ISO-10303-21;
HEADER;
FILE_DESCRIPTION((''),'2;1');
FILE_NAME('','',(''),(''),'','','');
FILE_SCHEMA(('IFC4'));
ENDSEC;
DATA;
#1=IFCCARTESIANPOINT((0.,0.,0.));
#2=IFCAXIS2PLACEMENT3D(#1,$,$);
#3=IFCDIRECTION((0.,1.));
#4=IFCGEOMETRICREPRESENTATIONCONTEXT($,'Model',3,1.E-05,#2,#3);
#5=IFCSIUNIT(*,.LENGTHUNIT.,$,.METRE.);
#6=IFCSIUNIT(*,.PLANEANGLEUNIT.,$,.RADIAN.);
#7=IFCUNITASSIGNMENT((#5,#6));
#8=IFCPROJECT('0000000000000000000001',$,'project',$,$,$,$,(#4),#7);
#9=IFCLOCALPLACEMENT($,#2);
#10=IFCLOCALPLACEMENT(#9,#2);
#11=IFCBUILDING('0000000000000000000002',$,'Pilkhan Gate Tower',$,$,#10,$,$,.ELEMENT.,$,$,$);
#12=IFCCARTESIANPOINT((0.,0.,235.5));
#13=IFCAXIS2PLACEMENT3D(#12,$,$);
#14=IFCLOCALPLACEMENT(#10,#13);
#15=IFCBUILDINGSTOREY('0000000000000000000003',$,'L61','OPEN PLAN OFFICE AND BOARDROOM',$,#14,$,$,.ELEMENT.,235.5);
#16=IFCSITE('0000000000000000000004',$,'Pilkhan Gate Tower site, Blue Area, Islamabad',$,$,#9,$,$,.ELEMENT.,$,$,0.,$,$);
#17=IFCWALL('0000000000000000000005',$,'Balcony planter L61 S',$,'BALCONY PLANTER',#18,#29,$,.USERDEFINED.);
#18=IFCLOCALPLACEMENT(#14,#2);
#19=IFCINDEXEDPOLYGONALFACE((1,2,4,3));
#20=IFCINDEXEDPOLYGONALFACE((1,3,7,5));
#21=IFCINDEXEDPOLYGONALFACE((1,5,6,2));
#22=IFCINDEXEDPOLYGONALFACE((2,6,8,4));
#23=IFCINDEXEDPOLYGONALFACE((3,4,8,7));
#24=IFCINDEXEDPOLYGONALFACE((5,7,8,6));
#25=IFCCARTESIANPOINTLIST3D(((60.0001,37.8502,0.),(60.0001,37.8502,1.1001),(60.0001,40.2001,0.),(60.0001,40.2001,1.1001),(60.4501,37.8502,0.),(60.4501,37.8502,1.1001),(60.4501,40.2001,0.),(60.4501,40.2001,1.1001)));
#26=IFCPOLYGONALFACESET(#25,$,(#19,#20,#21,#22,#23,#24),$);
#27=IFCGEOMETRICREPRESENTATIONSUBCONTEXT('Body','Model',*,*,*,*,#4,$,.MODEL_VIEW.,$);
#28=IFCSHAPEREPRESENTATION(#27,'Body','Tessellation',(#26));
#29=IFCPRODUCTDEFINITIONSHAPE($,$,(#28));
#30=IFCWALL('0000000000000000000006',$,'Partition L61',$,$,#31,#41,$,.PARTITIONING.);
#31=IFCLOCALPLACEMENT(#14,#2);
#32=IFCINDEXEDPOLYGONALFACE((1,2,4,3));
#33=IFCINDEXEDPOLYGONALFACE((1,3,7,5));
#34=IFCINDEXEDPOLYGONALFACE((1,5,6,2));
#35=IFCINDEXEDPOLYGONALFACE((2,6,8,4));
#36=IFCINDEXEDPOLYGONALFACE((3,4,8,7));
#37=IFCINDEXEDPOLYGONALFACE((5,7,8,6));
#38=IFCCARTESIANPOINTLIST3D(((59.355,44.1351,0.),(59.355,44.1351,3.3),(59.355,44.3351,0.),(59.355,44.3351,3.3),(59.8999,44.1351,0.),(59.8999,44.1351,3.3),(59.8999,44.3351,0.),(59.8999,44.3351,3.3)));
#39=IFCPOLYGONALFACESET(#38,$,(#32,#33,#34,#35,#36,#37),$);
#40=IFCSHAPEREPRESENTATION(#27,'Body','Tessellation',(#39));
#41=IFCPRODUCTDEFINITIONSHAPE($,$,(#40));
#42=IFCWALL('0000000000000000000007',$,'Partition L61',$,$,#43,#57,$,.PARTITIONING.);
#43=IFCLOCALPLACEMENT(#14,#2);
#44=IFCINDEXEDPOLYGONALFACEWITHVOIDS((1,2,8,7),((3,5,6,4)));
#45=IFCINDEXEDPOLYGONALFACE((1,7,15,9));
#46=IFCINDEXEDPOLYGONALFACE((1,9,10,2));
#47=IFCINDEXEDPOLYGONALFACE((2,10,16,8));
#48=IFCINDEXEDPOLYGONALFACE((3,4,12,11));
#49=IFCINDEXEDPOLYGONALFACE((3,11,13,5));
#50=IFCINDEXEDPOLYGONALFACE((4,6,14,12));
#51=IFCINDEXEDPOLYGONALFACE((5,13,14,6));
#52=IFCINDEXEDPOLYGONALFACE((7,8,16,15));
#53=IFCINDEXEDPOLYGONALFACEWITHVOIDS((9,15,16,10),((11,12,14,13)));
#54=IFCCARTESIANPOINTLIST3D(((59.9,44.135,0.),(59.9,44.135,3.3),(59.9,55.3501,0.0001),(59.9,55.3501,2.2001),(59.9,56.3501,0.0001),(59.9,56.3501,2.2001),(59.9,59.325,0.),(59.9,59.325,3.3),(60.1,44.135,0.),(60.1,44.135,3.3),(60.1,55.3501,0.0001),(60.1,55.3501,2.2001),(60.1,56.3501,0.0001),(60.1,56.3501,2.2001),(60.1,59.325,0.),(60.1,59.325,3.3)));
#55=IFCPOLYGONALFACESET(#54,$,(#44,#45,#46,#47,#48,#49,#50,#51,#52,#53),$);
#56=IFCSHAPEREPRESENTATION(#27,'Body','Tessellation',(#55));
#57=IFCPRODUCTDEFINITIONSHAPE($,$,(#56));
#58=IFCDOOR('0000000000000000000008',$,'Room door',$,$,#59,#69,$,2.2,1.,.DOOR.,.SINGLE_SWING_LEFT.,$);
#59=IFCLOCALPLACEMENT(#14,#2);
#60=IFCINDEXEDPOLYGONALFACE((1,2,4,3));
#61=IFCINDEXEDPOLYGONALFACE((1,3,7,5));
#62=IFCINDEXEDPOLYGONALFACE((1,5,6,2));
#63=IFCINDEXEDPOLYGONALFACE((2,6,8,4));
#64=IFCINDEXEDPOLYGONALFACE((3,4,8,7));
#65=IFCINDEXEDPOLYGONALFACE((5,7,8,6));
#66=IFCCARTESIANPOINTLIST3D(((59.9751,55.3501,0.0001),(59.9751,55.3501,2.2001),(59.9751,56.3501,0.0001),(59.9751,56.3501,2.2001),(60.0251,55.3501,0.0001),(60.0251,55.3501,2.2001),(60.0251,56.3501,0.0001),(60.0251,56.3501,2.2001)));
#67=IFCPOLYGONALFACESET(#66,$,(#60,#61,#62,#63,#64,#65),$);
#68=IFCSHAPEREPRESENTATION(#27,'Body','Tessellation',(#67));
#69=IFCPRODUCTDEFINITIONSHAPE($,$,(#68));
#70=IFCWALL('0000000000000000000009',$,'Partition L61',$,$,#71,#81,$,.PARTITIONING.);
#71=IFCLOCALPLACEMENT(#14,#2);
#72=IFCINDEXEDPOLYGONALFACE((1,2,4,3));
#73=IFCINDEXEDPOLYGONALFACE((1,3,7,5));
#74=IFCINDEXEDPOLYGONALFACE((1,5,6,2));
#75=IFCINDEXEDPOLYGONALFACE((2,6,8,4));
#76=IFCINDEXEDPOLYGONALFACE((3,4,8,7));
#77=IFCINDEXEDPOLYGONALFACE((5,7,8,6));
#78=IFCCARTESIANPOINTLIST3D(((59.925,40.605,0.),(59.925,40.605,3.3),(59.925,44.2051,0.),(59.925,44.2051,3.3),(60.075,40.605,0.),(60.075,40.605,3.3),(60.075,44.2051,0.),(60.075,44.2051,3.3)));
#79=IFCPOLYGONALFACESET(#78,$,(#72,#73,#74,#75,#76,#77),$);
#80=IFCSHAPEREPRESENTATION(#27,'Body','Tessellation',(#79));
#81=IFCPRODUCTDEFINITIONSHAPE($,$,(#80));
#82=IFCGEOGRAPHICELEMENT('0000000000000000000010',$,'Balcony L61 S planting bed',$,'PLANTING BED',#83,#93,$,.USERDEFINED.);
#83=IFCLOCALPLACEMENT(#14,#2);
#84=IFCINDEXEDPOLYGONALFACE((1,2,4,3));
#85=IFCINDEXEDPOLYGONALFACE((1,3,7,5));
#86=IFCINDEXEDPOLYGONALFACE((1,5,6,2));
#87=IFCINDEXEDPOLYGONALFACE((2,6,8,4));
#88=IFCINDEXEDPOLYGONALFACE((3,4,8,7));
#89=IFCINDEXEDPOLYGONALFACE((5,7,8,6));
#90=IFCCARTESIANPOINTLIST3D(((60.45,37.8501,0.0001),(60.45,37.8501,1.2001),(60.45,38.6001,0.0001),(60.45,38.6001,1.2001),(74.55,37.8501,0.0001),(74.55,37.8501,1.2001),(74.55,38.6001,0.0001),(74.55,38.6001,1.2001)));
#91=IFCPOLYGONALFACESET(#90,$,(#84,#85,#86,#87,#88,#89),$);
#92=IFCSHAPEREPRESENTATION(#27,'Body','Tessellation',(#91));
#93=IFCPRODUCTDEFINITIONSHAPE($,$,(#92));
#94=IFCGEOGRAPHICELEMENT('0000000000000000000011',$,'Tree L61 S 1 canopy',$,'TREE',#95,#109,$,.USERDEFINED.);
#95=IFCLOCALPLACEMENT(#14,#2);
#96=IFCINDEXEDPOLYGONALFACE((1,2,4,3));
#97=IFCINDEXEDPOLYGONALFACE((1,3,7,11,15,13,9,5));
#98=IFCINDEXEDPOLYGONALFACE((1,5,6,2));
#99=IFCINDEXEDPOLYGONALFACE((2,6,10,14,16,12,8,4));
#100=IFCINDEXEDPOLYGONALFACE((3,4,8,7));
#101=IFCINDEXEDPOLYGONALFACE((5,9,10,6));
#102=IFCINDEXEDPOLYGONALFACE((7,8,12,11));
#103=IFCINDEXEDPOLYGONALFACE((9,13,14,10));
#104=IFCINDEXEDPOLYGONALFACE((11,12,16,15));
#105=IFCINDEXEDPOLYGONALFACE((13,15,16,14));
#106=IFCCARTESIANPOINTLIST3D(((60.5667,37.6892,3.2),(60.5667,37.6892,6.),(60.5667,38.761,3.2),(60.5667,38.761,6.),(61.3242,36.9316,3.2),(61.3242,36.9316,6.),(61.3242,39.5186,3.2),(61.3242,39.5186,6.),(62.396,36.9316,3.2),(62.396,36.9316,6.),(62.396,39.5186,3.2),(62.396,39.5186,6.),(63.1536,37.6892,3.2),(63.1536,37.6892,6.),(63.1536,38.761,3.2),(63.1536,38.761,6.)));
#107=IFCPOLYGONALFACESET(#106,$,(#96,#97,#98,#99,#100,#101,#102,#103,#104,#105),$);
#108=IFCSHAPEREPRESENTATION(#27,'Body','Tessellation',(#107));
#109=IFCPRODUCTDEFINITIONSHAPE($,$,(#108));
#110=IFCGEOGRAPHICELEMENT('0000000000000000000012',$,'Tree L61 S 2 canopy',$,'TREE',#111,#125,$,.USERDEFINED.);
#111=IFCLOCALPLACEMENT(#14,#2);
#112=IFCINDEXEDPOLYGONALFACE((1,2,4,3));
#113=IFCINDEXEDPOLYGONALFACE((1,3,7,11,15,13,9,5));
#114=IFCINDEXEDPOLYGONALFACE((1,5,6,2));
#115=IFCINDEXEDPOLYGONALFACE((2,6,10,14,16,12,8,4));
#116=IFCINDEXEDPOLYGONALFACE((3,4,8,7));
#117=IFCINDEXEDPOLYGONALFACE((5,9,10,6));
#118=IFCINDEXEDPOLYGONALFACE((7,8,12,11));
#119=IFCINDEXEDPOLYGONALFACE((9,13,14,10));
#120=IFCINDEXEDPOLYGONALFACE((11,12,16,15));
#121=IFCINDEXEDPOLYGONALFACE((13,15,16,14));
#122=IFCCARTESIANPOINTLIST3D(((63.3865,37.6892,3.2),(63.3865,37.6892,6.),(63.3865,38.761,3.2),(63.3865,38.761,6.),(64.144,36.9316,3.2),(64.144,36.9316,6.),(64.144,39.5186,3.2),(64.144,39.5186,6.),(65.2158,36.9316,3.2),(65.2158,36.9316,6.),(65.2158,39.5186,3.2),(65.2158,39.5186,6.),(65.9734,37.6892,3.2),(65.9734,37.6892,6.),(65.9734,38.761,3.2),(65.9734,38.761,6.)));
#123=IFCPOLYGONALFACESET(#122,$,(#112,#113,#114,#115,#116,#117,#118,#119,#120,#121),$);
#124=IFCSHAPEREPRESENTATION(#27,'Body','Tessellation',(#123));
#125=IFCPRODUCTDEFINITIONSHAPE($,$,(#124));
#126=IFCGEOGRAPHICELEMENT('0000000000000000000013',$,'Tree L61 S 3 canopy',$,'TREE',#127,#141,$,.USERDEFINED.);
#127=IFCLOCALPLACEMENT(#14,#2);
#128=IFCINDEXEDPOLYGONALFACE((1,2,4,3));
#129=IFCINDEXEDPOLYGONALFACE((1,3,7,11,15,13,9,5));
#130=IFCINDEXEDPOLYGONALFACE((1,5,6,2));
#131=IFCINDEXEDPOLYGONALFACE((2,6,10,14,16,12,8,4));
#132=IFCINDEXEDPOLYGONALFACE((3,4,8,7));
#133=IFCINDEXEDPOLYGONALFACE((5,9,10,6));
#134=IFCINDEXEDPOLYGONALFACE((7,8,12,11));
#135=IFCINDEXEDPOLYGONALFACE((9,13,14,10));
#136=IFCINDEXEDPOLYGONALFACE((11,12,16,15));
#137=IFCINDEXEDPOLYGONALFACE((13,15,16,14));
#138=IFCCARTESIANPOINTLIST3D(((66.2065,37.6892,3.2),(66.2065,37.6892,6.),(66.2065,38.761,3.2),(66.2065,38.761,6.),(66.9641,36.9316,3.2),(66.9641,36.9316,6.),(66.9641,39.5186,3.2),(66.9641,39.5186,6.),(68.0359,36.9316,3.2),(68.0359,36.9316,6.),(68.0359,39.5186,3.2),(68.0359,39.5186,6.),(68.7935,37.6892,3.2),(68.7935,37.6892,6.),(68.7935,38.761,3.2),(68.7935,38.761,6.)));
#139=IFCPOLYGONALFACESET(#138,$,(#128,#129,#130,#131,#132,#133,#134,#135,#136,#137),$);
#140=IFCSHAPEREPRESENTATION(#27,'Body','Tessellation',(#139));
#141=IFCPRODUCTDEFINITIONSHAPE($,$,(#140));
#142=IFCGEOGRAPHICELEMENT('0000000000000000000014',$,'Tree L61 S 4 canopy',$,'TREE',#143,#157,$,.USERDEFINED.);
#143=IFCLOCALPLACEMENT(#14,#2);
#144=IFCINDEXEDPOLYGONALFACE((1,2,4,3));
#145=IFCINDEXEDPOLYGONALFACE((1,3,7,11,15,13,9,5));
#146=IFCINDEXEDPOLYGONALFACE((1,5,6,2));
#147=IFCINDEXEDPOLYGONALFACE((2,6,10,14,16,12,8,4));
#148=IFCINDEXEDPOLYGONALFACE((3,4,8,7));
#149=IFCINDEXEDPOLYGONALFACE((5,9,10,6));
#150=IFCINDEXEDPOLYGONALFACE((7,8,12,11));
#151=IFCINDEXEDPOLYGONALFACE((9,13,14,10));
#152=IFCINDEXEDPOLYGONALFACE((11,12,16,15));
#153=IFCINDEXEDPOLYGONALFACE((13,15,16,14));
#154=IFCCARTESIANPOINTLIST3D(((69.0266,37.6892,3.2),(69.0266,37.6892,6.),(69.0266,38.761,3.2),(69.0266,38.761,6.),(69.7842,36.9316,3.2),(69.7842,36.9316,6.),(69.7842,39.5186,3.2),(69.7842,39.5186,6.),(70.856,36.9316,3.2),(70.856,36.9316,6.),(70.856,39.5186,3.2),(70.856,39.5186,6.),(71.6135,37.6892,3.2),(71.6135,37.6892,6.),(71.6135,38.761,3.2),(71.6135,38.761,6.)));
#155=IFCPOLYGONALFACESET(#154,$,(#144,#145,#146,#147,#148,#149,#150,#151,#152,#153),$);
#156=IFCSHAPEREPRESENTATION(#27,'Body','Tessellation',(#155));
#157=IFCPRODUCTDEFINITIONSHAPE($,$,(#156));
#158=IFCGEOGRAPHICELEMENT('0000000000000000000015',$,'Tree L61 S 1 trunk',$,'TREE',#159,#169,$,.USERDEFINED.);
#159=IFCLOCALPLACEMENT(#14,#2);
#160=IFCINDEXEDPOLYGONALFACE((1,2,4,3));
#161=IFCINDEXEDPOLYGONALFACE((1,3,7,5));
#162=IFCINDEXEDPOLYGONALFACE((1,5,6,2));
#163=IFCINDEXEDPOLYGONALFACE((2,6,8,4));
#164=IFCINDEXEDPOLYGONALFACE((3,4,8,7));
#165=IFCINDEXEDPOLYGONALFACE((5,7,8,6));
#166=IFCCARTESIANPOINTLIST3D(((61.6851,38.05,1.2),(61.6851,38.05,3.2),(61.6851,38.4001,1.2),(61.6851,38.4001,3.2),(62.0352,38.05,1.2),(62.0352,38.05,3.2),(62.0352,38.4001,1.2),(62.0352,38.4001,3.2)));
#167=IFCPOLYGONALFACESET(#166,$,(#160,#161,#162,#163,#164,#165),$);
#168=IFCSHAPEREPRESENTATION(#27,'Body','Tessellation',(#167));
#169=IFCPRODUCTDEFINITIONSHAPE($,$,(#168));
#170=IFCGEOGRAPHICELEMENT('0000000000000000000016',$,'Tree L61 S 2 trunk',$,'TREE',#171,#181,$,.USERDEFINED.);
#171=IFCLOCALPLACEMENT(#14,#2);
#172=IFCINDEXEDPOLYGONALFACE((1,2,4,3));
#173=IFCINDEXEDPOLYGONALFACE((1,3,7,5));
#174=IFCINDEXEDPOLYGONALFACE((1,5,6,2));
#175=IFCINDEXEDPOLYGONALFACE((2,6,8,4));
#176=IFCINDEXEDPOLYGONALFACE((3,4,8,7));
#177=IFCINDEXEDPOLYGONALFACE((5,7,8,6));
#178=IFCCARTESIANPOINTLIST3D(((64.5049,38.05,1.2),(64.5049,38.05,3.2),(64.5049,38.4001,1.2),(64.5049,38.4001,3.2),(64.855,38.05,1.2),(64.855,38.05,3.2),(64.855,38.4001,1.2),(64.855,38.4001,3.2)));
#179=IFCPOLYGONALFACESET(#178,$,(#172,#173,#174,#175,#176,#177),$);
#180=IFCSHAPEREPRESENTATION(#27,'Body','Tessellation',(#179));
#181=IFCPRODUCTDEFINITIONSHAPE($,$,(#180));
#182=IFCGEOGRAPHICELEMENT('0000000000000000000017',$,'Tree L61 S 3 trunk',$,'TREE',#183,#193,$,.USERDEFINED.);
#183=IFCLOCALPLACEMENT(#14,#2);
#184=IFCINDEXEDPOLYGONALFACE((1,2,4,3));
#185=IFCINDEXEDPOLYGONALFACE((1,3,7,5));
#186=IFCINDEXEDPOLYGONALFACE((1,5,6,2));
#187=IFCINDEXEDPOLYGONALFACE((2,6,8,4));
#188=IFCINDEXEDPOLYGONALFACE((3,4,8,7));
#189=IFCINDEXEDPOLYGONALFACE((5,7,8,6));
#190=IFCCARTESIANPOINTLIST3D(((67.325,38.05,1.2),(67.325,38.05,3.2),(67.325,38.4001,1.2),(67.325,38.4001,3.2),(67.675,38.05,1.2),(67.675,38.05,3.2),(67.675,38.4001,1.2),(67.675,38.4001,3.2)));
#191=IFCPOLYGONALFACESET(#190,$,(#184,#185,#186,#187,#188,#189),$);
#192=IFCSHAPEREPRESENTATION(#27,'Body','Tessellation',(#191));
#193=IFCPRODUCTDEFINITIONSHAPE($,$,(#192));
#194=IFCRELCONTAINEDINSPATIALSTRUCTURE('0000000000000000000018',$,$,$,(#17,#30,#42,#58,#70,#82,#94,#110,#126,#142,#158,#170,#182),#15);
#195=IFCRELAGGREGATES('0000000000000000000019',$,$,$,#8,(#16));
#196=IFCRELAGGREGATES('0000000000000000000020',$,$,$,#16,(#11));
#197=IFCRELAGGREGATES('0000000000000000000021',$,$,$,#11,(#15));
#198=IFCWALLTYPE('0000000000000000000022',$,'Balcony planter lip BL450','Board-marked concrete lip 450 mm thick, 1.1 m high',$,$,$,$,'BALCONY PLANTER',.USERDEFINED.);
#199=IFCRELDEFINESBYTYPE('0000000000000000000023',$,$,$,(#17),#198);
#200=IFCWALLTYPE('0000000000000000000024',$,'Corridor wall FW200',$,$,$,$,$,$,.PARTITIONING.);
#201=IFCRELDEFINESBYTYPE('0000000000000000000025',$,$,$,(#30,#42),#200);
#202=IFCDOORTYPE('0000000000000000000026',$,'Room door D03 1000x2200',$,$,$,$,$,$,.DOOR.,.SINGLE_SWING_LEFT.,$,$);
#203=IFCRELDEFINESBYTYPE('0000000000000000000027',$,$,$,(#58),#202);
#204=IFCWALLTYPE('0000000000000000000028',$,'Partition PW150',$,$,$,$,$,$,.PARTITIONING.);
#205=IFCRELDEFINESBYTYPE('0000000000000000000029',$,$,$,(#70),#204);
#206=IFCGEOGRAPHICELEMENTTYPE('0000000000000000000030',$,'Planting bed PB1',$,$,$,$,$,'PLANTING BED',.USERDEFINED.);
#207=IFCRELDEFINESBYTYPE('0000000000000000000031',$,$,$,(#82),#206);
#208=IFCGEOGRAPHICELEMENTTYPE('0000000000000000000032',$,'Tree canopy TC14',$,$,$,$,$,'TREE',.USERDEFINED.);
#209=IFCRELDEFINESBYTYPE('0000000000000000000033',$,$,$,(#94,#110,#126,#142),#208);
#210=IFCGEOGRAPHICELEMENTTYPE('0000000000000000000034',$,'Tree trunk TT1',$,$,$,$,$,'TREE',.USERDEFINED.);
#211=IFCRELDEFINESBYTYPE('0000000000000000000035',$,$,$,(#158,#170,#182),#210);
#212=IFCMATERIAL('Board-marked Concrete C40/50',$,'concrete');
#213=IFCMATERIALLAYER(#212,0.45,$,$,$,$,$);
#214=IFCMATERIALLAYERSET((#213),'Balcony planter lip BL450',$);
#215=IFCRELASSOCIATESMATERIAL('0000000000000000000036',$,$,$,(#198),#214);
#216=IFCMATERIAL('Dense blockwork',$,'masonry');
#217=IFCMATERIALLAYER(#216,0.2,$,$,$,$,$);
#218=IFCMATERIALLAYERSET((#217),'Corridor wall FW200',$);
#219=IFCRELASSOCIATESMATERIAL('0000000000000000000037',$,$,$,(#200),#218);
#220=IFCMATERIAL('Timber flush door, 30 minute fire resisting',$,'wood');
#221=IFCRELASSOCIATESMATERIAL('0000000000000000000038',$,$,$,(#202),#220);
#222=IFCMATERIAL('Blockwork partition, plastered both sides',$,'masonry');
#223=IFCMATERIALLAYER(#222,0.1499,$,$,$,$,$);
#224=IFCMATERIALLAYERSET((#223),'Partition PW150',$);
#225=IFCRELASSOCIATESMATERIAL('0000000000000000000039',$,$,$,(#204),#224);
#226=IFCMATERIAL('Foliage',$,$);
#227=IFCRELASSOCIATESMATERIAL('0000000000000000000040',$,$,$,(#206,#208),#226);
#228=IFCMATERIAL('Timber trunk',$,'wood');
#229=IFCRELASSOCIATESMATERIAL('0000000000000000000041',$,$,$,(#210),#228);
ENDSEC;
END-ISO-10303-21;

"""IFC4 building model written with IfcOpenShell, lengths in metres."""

from ifc_helpers import new_model, si_unit, direction, frame, frame_2d, origin, origin_2d, place, context, subcontext, project, spatial, polyline, rectangle, outline, extrude, material, layer, layer_set, material_profile, profile_set, type_object, element, fill, save


model = new_model("IFC4")

# Units and contexts
model_context = context("Model", 3, precision=1e-05, world=origin(), true_north=direction((0.0, 1.0)))
body_context = subcontext(model_context, "Body", "Model", "MODEL_VIEW")
ifc_project = project(units=[si_unit("LENGTHUNIT", "METRE"), si_unit("PLANEANGLEUNIT", "RADIAN")], contexts=[model_context])

# Site, building, storey
site_placement = place(None, origin())
site = spatial("IfcSite", under=ifc_project, at=site_placement, Name="Pilkhan Gate Tower site, Blue Area, Islamabad", CompositionType="ELEMENT", RefElevation=0.0)
building_placement = place(site_placement, origin())
building = spatial("IfcBuilding", under=site, at=building_placement, Name="Pilkhan Gate Tower", CompositionType="ELEMENT")
storey_placement = place(building_placement, frame((0.0, 0.0, 235.5)))
storey = spatial("IfcBuildingStorey", under=building, at=storey_placement, Name="L61", Description="OPEN PLAN OFFICE AND BOARDROOM", CompositionType="ELEMENT", Elevation=235.5)

# Walls
ifc_material_1 = material(Name="Board-marked Concrete C40/50", Category="concrete")
ifc_layer_1 = layer(ifc_material_1, 0.45)
ifc_layer_set_1 = layer_set([ifc_layer_1], Name="Balcony planter lip BL450")
wall_type_1 = type_object("IfcWallType", Name="Balcony planter lip BL450", Description="Board-marked concrete lip 450 mm thick, 1.1 m high", ElementType="BALCONY PLANTER", PredefinedType="USERDEFINED", material=ifc_layer_set_1)
wall_1_placement = place(storey_placement, frame((60.2251, 40.2, 0.0), z_axis=(0.0, 0.0, 1.0), x_axis=(0.0, -1.0, 0.0)))
element("IfcWall", 1, at=wall_1_placement, inside=storey, type_object=wall_type_1, Name="Balcony planter L61 S", ObjectType="BALCONY PLANTER", PredefinedType="USERDEFINED", context=body_context, shape_type="SweptSolid", body=[
    extrude(rectangle(XDim=2.3499, YDim=0.45, at=frame_2d((1.1748, 0.0))), origin(), (0.0, 0.0, 1.0), 1.1001),
])
ifc_material_2 = material(Name="Dense blockwork", Category="masonry")
ifc_layer_2 = layer(ifc_material_2, 0.2)
ifc_layer_set_2 = layer_set([ifc_layer_2], Name="Corridor wall FW200")
wall_type_2 = type_object("IfcWallType", Name="Corridor wall FW200", PredefinedType="PARTITIONING", material=ifc_layer_set_2)
wall_2_placement = place(storey_placement, frame((59.355, 44.2351, 0.0), z_axis=(0.0, 0.0, 1.0), x_axis=(1.0, 0.0, 0.0)))
element("IfcWall", 2, at=wall_2_placement, inside=storey, type_object=wall_type_2, Name="Partition L61", PredefinedType="PARTITIONING", context=body_context, shape_type="SweptSolid", body=[
    extrude(rectangle(XDim=0.5449, YDim=0.2, at=frame_2d((0.2725, 0.0))), origin(), (0.0, 0.0, 1.0), 3.3),
])

# Wall, opening, door
wall_3_placement = place(storey_placement, frame((60.0, 44.135, 0.0), z_axis=(0.0, 0.0, 1.0), x_axis=(0.0, 1.0, 0.0)))
wall_3 = element("IfcWall", 3, at=wall_3_placement, inside=storey, type_object=wall_type_2, Name="Partition L61", PredefinedType="PARTITIONING", context=body_context, shape_type="SweptSolid", body=[
    extrude(rectangle(XDim=15.1899, YDim=0.2, at=frame_2d((7.595, 0.0))), origin(), (0.0, 0.0, 1.0), 3.3),
])
opening_1_placement = place(wall_3_placement, frame((11.2151, 0.0, 0.0)))
opening_1 = element("IfcOpeningElement", 4, at=opening_1_placement, cuts=wall_3, PredefinedType="OPENING", context=body_context, shape_type="SweptSolid", body=[
    extrude(rectangle(XDim=1.0, YDim=2.2, at=frame_2d((0.5, 1.1001))), frame((0.0, 0.1099, 0.0), z_axis=(0.0, -1.0, 0.0), x_axis=(1.0, 0.0, 0.0)), (0.0, 0.0, 1.0), 0.22),
])
ifc_material_3 = material(Name="Timber flush door, 30 minute fire resisting", Category="wood")
door_type_1 = type_object("IfcDoorType", Name="Room door D03 1000x2200", OperationType="SINGLE_SWING_LEFT", PredefinedType="DOOR", material=ifc_material_3)
door_1_placement = place(opening_1_placement, origin())
door_1 = element("IfcDoor", 5, at=door_1_placement, inside=storey, type_object=door_type_1, Name="Room door", OperationType="SINGLE_SWING_LEFT", OverallHeight=2.2, OverallWidth=1.0, PredefinedType="DOOR", context=body_context, shape_type="SweptSolid", body=[
    extrude(rectangle(XDim=1.0, YDim=2.2, at=frame_2d((0.5, 1.1001))), frame((0.0, 0.0249, 0.0), z_axis=(0.0, -1.0, 0.0), x_axis=(1.0, 0.0, 0.0)), (0.0, 0.0, 1.0), 0.05),
])
fill(opening_1, door_1)

# Wall
ifc_material_4 = material(Name="Blockwork partition, plastered both sides", Category="masonry")
ifc_layer_3 = layer(ifc_material_4, 0.1499)
ifc_layer_set_3 = layer_set([ifc_layer_3], Name="Partition PW150")
wall_type_3 = type_object("IfcWallType", Name="Partition PW150", PredefinedType="PARTITIONING", material=ifc_layer_set_3)
wall_4_placement = place(storey_placement, frame((60.0, 40.605, 0.0), z_axis=(0.0, 0.0, 1.0), x_axis=(0.0, 1.0, 0.0)))
element("IfcWall", 6, at=wall_4_placement, inside=storey, type_object=wall_type_3, Name="Partition L61", PredefinedType="PARTITIONING", context=body_context, shape_type="SweptSolid", body=[
    extrude(rectangle(XDim=3.6001, YDim=0.1499, at=frame_2d((1.8, 0.0))), origin(), (0.0, 0.0, 1.0), 3.3),
])

# Geographic elements
ifc_material_5 = material(Name="Foliage")
ifc_material_profile_1 = material_profile(ifc_material_5, rectangle(XDim=0.75, YDim=1.2, at=origin_2d()), Name="Bed 750x1200")
ifc_profile_set_1 = profile_set([ifc_material_profile_1], Name="Foliage")
geographic_element_type_1 = type_object("IfcGeographicElementType", Name="Planting bed PB1", ElementType="PLANTING BED", PredefinedType="USERDEFINED", material=ifc_profile_set_1)
geographic_element_placement = place(storey_placement, frame((60.45, 38.2251, 0.6001), z_axis=(1.0, 0.0, 0.0), x_axis=(0.0, 1.0, 0.0)))
element("IfcGeographicElement", 7, at=geographic_element_placement, inside=storey, type_object=geographic_element_type_1, Name="Balcony L61 S planting bed", ObjectType="PLANTING BED", PredefinedType="USERDEFINED", context=body_context, shape_type="SweptSolid", body=[
    extrude(rectangle(XDim=0.75, YDim=1.2, at=origin_2d()), origin(), (0.0, 0.0, 1.0), 14.1001),
])
ifc_material_profile_2 = material_profile(ifc_material_5, outline(polyline([(1.2935, 0.5359), (0.5359, 1.2935), (-0.5359, 1.2935), (-1.2935, 0.5359), (-1.2935, -0.5359), (-0.5359, -1.2935), (0.5359, -1.2935), (1.2935, -0.5359), (1.2935, 0.5359)])), Name="Canopy D2.8")
ifc_profile_set_2 = profile_set([ifc_material_profile_2], Name="Foliage")
geographic_element_type_2 = type_object("IfcGeographicElementType", Name="Tree canopy TC14", ElementType="TREE", PredefinedType="USERDEFINED", material=ifc_profile_set_2)
for number, where, z_axis, x_axis, name in (
    (8, (61.8601, 38.2251, 3.2), (0.0, 0.0, 1.0), (1.0, 0.0, 0.0), "Tree L61 S 1 canopy"),
    (9, (64.6799, 38.2251, 3.2), (0.0, 0.0, 1.0), (1.0, 0.0, 0.0), "Tree L61 S 2 canopy"),
    (10, (67.5, 38.2251, 3.2), (0.0, 0.0, 1.0), (1.0, 0.0, 0.0), "Tree L61 S 3 canopy"),
    (11, (70.3201, 38.2251, 3.2), (0.0, 0.0, 1.0), (1.0, 0.0, 0.0), "Tree L61 S 4 canopy"),
):
    element("IfcGeographicElement", number, at=place(storey_placement, frame(where, z_axis=z_axis, x_axis=x_axis)), inside=storey, type_object=geographic_element_type_2, Name=name, ObjectType="TREE", PredefinedType="USERDEFINED", context=body_context, shape_type="SweptSolid", body=[
        extrude(outline(polyline([(1.2935, 0.5359), (0.5359, 1.2935), (-0.5359, 1.2935), (-1.2935, 0.5359), (-1.2935, -0.5359), (-0.5359, -1.2935), (0.5359, -1.2935), (1.2935, -0.5359), (1.2935, 0.5359)])), origin(), (0.0, 0.0, 1.0), 2.8),
    ])
ifc_material_6 = material(Name="Timber trunk", Category="wood")
geographic_element_type_3 = type_object("IfcGeographicElementType", Name="Tree trunk TT1", ElementType="TREE", PredefinedType="USERDEFINED", material=ifc_material_6)
for number, where, z_axis, x_axis, name in (
    (12, (61.8601, 38.2251, 1.2), (0.0, 0.0, 1.0), (1.0, 0.0, 0.0), "Tree L61 S 1 trunk"),
    (13, (64.6799, 38.2251, 1.2), (0.0, 0.0, 1.0), (1.0, 0.0, 0.0), "Tree L61 S 2 trunk"),
    (14, (67.5, 38.2251, 1.2), (0.0, 0.0, 1.0), (1.0, 0.0, 0.0), "Tree L61 S 3 trunk"),
):
    element("IfcGeographicElement", number, at=place(storey_placement, frame(where, z_axis=z_axis, x_axis=x_axis)), inside=storey, type_object=geographic_element_type_3, Name=name, ObjectType="TREE", PredefinedType="USERDEFINED", context=body_context, shape_type="SweptSolid", body=[
        extrude(rectangle(XDim=0.3501, YDim=0.3501, at=origin_2d()), origin(), (0.0, 0.0, 1.0), 2.0),
    ])

save(model, "model.ifc")
